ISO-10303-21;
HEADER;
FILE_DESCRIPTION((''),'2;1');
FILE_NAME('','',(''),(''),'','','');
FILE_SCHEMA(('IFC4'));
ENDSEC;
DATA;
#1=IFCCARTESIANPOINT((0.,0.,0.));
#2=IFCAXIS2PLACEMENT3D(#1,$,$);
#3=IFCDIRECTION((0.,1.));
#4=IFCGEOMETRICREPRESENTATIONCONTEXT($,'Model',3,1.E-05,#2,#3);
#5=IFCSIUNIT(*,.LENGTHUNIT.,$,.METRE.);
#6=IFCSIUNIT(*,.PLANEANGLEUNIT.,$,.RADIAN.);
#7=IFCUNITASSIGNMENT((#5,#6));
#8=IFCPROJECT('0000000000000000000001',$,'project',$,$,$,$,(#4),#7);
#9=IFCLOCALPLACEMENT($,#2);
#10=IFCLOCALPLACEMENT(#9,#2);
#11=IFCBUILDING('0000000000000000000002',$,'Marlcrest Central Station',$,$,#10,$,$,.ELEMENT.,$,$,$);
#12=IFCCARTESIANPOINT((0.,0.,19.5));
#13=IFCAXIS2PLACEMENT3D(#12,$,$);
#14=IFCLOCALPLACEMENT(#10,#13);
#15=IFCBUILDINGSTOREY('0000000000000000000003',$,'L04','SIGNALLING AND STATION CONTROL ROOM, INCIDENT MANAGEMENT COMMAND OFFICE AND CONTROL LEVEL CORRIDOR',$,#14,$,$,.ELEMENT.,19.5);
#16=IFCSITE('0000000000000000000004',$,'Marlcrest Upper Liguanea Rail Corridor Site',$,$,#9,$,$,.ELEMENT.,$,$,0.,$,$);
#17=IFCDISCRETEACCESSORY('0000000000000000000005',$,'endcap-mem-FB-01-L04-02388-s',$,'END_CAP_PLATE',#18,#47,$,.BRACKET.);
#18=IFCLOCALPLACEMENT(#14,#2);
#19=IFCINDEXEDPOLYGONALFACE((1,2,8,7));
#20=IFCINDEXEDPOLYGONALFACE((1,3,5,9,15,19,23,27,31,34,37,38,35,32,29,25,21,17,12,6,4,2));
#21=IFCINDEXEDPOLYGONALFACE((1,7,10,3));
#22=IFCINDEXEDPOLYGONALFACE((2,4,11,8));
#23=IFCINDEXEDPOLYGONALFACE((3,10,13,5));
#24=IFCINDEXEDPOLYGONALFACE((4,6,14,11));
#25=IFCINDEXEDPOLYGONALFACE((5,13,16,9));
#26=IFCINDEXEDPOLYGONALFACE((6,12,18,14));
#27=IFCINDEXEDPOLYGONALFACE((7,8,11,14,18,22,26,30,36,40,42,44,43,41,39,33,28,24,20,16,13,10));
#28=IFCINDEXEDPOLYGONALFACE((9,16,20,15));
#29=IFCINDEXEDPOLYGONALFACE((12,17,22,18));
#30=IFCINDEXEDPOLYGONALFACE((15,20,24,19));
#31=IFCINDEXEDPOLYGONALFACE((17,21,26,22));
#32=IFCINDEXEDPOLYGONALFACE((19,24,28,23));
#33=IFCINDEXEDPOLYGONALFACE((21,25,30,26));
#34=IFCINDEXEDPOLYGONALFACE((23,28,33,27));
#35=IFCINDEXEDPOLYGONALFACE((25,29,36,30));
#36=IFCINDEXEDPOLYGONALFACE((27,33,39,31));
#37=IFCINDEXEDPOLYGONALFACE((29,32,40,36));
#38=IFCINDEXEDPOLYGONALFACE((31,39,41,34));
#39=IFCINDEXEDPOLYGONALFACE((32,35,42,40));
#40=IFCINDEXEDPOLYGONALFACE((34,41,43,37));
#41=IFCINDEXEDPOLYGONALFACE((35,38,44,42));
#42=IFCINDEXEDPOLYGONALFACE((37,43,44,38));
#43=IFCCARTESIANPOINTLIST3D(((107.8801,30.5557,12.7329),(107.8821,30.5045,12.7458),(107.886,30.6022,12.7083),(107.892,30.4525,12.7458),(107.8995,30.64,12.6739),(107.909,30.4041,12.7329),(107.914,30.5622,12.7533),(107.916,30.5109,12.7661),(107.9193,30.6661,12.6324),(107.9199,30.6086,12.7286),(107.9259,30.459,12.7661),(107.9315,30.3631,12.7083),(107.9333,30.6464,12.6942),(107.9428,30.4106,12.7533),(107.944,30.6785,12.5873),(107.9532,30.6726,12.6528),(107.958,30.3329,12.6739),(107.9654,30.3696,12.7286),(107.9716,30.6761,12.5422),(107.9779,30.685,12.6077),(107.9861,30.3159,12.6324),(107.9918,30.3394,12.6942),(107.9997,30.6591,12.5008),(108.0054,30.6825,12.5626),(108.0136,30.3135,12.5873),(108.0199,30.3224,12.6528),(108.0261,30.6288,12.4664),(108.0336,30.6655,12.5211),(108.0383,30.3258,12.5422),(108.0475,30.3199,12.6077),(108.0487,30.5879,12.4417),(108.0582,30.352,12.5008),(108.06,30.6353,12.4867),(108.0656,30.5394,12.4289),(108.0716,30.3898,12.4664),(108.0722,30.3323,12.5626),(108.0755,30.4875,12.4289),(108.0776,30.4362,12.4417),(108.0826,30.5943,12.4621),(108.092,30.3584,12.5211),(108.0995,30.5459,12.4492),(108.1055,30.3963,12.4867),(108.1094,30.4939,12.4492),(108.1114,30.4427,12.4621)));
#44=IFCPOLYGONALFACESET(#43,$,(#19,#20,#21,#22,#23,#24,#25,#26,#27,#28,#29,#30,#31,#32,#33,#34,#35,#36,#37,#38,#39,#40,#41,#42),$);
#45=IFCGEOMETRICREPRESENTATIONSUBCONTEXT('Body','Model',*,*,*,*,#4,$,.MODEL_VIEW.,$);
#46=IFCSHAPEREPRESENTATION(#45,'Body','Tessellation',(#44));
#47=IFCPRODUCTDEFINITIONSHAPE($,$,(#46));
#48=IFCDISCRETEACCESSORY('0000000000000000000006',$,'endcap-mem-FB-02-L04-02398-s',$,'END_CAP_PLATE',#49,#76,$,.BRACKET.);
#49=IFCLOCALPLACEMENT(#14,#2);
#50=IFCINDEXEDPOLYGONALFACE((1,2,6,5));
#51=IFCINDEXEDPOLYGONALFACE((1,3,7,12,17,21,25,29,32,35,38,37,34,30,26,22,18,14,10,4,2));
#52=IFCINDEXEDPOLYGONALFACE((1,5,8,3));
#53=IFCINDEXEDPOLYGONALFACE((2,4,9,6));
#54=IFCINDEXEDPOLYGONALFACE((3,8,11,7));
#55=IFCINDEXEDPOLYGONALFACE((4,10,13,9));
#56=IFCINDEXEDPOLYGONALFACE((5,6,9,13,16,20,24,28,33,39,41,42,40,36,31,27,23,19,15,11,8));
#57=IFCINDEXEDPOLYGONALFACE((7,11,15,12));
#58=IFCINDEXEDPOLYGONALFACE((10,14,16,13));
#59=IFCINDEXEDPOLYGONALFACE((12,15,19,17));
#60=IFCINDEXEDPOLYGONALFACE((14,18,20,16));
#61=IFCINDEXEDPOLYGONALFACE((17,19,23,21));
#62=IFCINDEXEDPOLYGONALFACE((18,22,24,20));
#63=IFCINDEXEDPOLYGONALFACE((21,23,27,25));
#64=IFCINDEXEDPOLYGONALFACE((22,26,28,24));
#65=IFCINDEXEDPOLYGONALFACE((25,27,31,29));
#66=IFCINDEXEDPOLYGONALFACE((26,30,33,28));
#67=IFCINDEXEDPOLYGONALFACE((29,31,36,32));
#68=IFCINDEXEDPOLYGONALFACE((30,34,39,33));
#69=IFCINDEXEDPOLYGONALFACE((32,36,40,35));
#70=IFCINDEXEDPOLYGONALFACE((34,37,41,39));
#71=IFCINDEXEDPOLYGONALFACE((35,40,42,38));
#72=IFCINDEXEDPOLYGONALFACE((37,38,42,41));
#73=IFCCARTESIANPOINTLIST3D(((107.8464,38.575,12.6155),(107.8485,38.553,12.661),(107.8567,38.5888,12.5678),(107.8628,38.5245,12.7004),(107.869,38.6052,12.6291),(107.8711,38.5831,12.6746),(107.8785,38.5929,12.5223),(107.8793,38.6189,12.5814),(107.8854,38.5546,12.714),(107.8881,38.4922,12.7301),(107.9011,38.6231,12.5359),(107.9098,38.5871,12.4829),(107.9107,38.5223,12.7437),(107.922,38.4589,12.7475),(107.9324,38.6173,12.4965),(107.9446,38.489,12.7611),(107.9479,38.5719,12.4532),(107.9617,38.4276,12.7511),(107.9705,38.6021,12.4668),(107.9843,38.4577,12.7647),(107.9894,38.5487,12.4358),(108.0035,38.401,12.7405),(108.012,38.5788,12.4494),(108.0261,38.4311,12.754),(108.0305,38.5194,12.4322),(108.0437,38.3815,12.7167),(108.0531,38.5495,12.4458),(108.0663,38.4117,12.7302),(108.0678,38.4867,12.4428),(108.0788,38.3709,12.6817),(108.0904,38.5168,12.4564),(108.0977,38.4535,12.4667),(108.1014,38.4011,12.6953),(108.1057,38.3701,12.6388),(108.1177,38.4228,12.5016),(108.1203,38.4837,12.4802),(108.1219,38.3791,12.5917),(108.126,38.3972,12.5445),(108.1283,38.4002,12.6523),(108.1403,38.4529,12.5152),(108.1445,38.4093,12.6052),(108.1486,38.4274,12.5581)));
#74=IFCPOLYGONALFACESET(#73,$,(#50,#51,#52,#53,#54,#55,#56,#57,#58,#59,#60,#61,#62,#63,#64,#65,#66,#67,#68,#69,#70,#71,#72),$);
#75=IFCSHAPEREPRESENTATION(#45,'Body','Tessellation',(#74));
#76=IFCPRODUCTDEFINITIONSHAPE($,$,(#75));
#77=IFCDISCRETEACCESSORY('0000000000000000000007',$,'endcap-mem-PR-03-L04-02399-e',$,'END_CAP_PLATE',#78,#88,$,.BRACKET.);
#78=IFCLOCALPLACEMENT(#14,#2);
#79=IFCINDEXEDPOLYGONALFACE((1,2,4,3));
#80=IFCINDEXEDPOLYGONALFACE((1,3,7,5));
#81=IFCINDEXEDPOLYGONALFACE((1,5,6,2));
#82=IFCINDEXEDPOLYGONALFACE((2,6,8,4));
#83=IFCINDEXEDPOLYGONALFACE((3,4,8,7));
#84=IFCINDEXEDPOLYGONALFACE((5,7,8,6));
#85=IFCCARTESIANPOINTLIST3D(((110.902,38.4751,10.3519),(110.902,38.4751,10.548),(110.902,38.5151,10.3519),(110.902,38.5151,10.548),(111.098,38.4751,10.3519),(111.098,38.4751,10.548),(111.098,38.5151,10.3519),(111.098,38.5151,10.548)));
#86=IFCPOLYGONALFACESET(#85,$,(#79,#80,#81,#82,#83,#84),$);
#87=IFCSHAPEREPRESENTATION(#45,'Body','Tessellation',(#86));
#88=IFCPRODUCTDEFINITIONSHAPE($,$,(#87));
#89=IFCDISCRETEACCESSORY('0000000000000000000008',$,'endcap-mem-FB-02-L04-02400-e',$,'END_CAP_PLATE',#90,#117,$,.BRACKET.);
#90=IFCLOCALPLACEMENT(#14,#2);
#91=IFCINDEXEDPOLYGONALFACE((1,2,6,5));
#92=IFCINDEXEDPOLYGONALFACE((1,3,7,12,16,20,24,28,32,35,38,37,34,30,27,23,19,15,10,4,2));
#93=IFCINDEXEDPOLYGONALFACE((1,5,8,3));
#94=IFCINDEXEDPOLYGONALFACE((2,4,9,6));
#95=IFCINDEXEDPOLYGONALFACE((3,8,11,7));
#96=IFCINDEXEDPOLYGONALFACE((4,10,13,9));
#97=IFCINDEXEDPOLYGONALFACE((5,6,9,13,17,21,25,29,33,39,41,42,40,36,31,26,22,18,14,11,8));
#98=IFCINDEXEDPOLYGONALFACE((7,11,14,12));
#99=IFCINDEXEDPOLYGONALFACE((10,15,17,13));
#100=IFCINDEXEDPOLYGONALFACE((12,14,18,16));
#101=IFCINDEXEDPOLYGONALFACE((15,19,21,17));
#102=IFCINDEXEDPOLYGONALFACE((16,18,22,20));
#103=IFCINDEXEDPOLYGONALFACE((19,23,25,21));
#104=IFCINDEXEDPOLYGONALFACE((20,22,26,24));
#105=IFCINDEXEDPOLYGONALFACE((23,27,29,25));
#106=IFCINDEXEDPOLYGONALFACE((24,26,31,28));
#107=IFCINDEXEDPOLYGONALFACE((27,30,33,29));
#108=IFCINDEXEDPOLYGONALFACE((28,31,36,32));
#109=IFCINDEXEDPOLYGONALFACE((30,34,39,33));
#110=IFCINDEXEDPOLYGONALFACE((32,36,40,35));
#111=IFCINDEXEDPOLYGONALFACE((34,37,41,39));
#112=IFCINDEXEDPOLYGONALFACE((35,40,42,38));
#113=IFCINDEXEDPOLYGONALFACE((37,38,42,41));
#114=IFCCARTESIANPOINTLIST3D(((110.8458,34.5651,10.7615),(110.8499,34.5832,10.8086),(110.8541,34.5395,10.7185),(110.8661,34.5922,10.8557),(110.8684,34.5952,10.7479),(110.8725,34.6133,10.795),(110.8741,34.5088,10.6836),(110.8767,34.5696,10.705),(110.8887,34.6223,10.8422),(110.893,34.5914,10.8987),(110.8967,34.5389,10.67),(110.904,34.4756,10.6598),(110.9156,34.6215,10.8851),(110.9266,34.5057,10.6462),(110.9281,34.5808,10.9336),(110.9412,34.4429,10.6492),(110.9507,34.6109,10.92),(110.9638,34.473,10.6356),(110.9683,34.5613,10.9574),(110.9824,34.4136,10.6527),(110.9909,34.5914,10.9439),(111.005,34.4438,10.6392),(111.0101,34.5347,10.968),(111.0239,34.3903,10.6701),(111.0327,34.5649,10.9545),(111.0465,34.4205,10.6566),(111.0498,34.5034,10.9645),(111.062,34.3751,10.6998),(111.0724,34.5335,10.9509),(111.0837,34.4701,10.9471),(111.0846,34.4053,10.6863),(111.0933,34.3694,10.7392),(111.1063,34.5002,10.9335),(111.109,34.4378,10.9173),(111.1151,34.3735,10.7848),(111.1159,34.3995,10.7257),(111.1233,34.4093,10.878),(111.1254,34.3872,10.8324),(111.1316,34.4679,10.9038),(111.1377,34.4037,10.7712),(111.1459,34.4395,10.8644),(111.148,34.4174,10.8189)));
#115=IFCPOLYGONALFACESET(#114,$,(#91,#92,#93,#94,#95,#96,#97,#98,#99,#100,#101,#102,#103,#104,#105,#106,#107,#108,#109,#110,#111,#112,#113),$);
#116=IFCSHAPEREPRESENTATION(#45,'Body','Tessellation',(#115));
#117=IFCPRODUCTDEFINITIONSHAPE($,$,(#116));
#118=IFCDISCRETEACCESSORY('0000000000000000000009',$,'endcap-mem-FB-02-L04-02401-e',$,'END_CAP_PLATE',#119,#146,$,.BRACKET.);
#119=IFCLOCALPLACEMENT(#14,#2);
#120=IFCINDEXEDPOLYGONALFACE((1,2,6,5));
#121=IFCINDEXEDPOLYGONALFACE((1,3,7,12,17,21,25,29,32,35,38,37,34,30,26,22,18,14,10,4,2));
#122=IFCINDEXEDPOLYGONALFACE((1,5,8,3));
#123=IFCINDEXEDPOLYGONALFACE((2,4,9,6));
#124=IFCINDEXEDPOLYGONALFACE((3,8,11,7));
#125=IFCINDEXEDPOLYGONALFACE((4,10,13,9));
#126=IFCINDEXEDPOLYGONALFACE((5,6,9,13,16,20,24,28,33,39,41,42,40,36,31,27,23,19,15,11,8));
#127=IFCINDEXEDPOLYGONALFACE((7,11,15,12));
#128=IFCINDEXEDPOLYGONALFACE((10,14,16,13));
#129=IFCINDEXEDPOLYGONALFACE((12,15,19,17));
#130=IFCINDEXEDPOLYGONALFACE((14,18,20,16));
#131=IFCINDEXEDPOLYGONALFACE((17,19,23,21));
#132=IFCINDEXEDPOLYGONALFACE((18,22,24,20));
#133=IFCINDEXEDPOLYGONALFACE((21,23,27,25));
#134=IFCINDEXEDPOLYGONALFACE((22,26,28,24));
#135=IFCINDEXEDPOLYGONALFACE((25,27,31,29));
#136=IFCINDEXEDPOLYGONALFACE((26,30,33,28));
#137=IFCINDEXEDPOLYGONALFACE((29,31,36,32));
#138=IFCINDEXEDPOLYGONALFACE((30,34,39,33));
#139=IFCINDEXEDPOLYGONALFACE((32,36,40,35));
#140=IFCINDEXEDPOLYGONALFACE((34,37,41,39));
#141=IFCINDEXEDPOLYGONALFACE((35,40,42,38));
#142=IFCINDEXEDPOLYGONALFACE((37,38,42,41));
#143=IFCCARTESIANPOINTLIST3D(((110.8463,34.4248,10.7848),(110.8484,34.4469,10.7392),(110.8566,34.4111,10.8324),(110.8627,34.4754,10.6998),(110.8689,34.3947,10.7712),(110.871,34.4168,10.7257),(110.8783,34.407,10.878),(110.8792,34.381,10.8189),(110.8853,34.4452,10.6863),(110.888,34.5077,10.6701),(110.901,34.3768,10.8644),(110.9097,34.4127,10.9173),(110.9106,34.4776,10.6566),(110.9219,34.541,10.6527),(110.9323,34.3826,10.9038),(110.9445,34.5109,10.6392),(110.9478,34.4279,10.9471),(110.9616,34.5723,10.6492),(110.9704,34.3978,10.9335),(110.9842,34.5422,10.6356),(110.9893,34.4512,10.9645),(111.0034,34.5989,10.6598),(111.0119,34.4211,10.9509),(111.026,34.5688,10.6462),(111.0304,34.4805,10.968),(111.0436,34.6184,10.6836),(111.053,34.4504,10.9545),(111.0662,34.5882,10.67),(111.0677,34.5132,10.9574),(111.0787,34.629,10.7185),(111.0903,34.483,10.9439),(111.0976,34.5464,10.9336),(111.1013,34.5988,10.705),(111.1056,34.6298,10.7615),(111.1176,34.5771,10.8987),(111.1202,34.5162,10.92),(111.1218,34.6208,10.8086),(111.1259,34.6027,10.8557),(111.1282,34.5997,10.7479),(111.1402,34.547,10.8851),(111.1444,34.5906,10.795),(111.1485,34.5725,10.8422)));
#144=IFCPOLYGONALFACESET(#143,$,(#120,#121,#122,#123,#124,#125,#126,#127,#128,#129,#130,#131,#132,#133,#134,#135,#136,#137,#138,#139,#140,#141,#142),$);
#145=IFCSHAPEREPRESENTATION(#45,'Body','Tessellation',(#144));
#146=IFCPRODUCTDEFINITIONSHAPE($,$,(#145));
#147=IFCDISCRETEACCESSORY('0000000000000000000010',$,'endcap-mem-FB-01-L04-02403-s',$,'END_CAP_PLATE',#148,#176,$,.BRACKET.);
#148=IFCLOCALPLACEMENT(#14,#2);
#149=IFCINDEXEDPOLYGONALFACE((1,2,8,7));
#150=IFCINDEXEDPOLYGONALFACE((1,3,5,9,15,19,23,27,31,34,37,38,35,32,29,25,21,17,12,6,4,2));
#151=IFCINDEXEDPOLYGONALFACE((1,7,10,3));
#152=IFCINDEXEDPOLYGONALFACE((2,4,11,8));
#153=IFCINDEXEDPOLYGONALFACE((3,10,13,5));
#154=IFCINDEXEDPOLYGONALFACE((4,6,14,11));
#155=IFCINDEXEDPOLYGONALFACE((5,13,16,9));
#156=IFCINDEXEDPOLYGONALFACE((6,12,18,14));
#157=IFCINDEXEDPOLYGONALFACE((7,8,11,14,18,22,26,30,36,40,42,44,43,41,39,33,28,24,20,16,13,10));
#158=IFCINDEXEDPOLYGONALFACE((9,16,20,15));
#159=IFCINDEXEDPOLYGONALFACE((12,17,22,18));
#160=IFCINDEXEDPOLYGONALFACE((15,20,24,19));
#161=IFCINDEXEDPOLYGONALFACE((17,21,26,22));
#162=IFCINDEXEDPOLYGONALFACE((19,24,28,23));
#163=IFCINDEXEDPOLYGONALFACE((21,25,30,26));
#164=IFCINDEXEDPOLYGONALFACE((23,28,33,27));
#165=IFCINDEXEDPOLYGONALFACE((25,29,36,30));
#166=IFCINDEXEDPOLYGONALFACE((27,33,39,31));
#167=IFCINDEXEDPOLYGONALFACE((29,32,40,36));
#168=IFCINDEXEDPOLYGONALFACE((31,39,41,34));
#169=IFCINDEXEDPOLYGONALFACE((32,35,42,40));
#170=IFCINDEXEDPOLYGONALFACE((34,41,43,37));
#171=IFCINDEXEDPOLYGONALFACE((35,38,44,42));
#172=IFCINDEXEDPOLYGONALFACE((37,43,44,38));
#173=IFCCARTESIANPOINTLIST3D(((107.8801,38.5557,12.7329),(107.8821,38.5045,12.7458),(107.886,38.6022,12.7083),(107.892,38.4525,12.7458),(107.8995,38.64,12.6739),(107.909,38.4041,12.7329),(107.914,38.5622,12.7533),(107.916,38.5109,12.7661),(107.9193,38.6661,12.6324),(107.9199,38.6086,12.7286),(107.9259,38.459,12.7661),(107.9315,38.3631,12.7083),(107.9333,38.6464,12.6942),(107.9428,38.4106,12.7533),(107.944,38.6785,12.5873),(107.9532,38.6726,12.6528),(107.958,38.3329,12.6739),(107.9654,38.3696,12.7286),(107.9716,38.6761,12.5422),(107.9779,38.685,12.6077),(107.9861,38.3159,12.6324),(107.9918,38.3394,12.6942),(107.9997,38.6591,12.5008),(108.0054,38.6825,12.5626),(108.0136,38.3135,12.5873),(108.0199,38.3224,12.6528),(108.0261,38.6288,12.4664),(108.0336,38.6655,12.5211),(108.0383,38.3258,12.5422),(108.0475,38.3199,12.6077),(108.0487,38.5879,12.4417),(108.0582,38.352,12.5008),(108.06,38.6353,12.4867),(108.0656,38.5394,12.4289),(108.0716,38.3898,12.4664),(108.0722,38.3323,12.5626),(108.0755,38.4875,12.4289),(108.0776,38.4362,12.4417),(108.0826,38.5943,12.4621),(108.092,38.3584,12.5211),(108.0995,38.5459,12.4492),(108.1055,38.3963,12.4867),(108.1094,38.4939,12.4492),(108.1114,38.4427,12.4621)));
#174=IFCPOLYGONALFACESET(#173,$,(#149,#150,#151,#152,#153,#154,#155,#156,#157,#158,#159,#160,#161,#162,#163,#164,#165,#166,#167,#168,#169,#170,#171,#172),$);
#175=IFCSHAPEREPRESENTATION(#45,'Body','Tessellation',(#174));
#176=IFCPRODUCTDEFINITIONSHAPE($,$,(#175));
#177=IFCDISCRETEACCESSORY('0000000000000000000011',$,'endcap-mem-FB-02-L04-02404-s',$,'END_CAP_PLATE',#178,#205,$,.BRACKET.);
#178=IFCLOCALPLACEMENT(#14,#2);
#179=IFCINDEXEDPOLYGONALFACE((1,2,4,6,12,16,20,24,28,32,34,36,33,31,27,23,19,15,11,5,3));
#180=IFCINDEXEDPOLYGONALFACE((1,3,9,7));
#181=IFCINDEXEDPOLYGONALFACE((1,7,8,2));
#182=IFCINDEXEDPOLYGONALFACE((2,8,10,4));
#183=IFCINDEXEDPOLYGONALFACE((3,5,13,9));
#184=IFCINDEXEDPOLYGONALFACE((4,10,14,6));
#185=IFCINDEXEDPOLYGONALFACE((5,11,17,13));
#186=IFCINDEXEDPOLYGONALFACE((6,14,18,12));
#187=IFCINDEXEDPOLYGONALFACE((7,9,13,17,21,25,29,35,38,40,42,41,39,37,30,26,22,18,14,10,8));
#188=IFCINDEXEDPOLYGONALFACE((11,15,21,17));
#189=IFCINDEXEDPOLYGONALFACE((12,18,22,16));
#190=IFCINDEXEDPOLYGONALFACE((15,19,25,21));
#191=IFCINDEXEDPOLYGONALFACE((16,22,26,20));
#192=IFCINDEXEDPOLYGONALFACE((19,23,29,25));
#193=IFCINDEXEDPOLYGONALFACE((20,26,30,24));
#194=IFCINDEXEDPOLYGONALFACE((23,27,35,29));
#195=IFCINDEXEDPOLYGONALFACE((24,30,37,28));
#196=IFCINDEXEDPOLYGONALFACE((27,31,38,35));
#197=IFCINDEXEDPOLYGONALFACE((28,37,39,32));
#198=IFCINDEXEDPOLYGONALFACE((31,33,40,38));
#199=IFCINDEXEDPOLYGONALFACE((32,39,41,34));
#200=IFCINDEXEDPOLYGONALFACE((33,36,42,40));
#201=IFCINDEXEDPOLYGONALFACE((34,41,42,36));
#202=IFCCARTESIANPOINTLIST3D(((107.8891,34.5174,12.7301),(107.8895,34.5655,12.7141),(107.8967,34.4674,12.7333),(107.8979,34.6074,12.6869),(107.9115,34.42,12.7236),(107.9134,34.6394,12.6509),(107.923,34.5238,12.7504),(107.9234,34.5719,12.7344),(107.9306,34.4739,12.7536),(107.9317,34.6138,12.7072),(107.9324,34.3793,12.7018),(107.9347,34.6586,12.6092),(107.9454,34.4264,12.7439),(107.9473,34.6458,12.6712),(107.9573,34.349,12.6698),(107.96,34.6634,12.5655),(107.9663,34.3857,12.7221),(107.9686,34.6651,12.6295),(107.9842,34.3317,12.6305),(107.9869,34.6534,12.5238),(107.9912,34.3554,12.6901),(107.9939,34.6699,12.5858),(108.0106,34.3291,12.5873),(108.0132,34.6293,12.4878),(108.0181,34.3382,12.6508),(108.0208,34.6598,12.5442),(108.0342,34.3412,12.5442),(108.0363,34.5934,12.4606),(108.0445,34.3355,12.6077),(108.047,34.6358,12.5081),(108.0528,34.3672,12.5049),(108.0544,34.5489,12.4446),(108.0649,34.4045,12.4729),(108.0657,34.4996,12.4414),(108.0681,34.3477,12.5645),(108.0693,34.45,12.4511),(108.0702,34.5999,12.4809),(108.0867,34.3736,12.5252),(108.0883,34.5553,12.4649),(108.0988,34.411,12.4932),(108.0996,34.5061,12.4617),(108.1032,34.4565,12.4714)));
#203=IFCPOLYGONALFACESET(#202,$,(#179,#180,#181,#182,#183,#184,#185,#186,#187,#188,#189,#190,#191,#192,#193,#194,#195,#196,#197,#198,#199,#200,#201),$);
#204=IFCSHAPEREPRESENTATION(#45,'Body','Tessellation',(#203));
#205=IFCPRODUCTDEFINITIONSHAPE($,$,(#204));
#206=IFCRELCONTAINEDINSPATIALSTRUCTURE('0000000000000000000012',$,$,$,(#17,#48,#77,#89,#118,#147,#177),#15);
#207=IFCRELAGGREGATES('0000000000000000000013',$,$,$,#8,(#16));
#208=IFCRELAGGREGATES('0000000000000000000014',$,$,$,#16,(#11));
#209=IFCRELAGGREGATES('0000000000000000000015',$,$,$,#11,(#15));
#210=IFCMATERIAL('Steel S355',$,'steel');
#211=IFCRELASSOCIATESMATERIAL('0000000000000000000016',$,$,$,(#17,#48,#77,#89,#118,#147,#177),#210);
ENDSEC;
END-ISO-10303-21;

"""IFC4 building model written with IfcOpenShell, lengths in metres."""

from ifc_helpers import new_model, si_unit, direction, frame, origin, origin_2d, place, context, subcontext, project, spatial, rectangle, circle, extrude, material, element, save


model = new_model("IFC4")

# Units and contexts
model_context = context("Model", 3, precision=1e-05, world=origin(), true_north=direction((0.0, 1.0)))
body_context = subcontext(model_context, "Body", "Model", "MODEL_VIEW")
ifc_project = project(units=[si_unit("LENGTHUNIT", "METRE"), si_unit("PLANEANGLEUNIT", "RADIAN")], contexts=[model_context])

# Site, building, storey
site_placement = place(None, origin())
site = spatial("IfcSite", under=ifc_project, at=site_placement, Name="Marlcrest Upper Liguanea Rail Corridor Site", CompositionType="ELEMENT", RefElevation=0.0)
building_placement = place(site_placement, origin())
building = spatial("IfcBuilding", under=site, at=building_placement, Name="Marlcrest Central Station", CompositionType="ELEMENT")
storey_placement = place(building_placement, frame((0.0, 0.0, 19.5)))
storey = spatial("IfcBuildingStorey", under=building, at=storey_placement, Name="L04", Description="SIGNALLING AND STATION CONTROL ROOM, INCIDENT MANAGEMENT COMMAND OFFICE AND CONTROL LEVEL CORRIDOR", CompositionType="ELEMENT", Elevation=19.5)

# Shared definitions
ifc_material_1 = material(Name="Steel S355", Category="steel")

# Discrete accessories
discrete_accessory_1_placement = place(storey_placement, frame((108.0127, 30.5024, 12.6077), z_axis=(-0.846277, -0.161196, -0.50777), x_axis=(0.187112, -0.982339, 0.0)))
element("IfcDiscreteAccessory", 1, at=discrete_accessory_1_placement, inside=storey, material=ifc_material_1, Name="endcap-mem-FB-01-L04-02388-s", ObjectType="END_CAP_PLATE", PredefinedType="BRACKET", context=body_context, shape_type="SweptSolid", body=[
    extrude(circle(Radius=0.1858, at=origin_2d()), origin(), (0.0, 0.0, 1.0), 0.04),
])
discrete_accessory_2_placement = place(storey_placement, frame((108.0085, 38.5112, 12.6052), z_axis=(-0.564531, -0.752708, -0.338728), x_axis=(0.8, -0.6, 0.0)))
element("IfcDiscreteAccessory", 2, at=discrete_accessory_2_placement, inside=storey, material=ifc_material_1, Name="endcap-mem-FB-02-L04-02398-s", ObjectType="END_CAP_PLATE", PredefinedType="BRACKET", context=body_context, shape_type="SweptSolid", body=[
    extrude(circle(Radius=0.1699, at=origin_2d()), origin(), (0.0, 0.0, 1.0), 0.04),
])
discrete_accessory_3_placement = place(storey_placement, frame((111.0, 38.4751, 10.45), z_axis=(0.0, 1.0, 0.0), x_axis=(-1.0, 0.0, 0.0)))
element("IfcDiscreteAccessory", 3, at=discrete_accessory_3_placement, inside=storey, material=ifc_material_1, Name="endcap-mem-PR-03-L04-02399-e", ObjectType="END_CAP_PLATE", PredefinedType="BRACKET", context=body_context, shape_type="SweptSolid", body=[
    extrude(rectangle(XDim=0.196, YDim=0.196, at=origin_2d()), origin(), (0.0, 0.0, 1.0), 0.04),
])
for number, where, z_axis, x_axis, name in (
    (4, (110.9858, 34.4812, 10.8086), (0.564531, 0.752708, -0.338728), (-0.8, 0.6, 0.0), "endcap-mem-FB-02-L04-02400-e"),
    (5, (110.9858, 34.5188, 10.8086), (0.564531, -0.752708, -0.338728), (0.8, 0.6, 0.0), "endcap-mem-FB-02-L04-02401-e"),
):
    element("IfcDiscreteAccessory", number, at=place(storey_placement, frame(where, z_axis=z_axis, x_axis=x_axis)), inside=storey, material=ifc_material_1, Name=name, ObjectType="END_CAP_PLATE", PredefinedType="BRACKET", context=body_context, shape_type="SweptSolid", body=[
        extrude(circle(Radius=0.1699, at=origin_2d()), origin(), (0.0, 0.0, 1.0), 0.04),
    ])
discrete_accessory_4_placement = place(storey_placement, frame((108.0127, 38.5024, 12.6077), z_axis=(-0.846277, -0.161196, -0.50777), x_axis=(0.187112, -0.982339, 0.0)))
element("IfcDiscreteAccessory", 6, at=discrete_accessory_4_placement, inside=storey, material=ifc_material_1, Name="endcap-mem-FB-01-L04-02403-s", ObjectType="END_CAP_PLATE", PredefinedType="BRACKET", context=body_context, shape_type="SweptSolid", body=[
    extrude(circle(Radius=0.1858, at=origin_2d()), origin(), (0.0, 0.0, 1.0), 0.04),
])
discrete_accessory_5_placement = place(storey_placement, frame((108.0127, 34.5024, 12.6077), z_axis=(-0.846277, -0.161196, -0.50777), x_axis=(0.187112, -0.982339, 0.0)))
element("IfcDiscreteAccessory", 7, at=discrete_accessory_5_placement, inside=storey, material=ifc_material_1, Name="endcap-mem-FB-02-L04-02404-s", ObjectType="END_CAP_PLATE", PredefinedType="BRACKET", context=body_context, shape_type="SweptSolid", body=[
    extrude(circle(Radius=0.1699, at=origin_2d()), origin(), (0.0, 0.0, 1.0), 0.04),
])

save(model, "model.ifc")
